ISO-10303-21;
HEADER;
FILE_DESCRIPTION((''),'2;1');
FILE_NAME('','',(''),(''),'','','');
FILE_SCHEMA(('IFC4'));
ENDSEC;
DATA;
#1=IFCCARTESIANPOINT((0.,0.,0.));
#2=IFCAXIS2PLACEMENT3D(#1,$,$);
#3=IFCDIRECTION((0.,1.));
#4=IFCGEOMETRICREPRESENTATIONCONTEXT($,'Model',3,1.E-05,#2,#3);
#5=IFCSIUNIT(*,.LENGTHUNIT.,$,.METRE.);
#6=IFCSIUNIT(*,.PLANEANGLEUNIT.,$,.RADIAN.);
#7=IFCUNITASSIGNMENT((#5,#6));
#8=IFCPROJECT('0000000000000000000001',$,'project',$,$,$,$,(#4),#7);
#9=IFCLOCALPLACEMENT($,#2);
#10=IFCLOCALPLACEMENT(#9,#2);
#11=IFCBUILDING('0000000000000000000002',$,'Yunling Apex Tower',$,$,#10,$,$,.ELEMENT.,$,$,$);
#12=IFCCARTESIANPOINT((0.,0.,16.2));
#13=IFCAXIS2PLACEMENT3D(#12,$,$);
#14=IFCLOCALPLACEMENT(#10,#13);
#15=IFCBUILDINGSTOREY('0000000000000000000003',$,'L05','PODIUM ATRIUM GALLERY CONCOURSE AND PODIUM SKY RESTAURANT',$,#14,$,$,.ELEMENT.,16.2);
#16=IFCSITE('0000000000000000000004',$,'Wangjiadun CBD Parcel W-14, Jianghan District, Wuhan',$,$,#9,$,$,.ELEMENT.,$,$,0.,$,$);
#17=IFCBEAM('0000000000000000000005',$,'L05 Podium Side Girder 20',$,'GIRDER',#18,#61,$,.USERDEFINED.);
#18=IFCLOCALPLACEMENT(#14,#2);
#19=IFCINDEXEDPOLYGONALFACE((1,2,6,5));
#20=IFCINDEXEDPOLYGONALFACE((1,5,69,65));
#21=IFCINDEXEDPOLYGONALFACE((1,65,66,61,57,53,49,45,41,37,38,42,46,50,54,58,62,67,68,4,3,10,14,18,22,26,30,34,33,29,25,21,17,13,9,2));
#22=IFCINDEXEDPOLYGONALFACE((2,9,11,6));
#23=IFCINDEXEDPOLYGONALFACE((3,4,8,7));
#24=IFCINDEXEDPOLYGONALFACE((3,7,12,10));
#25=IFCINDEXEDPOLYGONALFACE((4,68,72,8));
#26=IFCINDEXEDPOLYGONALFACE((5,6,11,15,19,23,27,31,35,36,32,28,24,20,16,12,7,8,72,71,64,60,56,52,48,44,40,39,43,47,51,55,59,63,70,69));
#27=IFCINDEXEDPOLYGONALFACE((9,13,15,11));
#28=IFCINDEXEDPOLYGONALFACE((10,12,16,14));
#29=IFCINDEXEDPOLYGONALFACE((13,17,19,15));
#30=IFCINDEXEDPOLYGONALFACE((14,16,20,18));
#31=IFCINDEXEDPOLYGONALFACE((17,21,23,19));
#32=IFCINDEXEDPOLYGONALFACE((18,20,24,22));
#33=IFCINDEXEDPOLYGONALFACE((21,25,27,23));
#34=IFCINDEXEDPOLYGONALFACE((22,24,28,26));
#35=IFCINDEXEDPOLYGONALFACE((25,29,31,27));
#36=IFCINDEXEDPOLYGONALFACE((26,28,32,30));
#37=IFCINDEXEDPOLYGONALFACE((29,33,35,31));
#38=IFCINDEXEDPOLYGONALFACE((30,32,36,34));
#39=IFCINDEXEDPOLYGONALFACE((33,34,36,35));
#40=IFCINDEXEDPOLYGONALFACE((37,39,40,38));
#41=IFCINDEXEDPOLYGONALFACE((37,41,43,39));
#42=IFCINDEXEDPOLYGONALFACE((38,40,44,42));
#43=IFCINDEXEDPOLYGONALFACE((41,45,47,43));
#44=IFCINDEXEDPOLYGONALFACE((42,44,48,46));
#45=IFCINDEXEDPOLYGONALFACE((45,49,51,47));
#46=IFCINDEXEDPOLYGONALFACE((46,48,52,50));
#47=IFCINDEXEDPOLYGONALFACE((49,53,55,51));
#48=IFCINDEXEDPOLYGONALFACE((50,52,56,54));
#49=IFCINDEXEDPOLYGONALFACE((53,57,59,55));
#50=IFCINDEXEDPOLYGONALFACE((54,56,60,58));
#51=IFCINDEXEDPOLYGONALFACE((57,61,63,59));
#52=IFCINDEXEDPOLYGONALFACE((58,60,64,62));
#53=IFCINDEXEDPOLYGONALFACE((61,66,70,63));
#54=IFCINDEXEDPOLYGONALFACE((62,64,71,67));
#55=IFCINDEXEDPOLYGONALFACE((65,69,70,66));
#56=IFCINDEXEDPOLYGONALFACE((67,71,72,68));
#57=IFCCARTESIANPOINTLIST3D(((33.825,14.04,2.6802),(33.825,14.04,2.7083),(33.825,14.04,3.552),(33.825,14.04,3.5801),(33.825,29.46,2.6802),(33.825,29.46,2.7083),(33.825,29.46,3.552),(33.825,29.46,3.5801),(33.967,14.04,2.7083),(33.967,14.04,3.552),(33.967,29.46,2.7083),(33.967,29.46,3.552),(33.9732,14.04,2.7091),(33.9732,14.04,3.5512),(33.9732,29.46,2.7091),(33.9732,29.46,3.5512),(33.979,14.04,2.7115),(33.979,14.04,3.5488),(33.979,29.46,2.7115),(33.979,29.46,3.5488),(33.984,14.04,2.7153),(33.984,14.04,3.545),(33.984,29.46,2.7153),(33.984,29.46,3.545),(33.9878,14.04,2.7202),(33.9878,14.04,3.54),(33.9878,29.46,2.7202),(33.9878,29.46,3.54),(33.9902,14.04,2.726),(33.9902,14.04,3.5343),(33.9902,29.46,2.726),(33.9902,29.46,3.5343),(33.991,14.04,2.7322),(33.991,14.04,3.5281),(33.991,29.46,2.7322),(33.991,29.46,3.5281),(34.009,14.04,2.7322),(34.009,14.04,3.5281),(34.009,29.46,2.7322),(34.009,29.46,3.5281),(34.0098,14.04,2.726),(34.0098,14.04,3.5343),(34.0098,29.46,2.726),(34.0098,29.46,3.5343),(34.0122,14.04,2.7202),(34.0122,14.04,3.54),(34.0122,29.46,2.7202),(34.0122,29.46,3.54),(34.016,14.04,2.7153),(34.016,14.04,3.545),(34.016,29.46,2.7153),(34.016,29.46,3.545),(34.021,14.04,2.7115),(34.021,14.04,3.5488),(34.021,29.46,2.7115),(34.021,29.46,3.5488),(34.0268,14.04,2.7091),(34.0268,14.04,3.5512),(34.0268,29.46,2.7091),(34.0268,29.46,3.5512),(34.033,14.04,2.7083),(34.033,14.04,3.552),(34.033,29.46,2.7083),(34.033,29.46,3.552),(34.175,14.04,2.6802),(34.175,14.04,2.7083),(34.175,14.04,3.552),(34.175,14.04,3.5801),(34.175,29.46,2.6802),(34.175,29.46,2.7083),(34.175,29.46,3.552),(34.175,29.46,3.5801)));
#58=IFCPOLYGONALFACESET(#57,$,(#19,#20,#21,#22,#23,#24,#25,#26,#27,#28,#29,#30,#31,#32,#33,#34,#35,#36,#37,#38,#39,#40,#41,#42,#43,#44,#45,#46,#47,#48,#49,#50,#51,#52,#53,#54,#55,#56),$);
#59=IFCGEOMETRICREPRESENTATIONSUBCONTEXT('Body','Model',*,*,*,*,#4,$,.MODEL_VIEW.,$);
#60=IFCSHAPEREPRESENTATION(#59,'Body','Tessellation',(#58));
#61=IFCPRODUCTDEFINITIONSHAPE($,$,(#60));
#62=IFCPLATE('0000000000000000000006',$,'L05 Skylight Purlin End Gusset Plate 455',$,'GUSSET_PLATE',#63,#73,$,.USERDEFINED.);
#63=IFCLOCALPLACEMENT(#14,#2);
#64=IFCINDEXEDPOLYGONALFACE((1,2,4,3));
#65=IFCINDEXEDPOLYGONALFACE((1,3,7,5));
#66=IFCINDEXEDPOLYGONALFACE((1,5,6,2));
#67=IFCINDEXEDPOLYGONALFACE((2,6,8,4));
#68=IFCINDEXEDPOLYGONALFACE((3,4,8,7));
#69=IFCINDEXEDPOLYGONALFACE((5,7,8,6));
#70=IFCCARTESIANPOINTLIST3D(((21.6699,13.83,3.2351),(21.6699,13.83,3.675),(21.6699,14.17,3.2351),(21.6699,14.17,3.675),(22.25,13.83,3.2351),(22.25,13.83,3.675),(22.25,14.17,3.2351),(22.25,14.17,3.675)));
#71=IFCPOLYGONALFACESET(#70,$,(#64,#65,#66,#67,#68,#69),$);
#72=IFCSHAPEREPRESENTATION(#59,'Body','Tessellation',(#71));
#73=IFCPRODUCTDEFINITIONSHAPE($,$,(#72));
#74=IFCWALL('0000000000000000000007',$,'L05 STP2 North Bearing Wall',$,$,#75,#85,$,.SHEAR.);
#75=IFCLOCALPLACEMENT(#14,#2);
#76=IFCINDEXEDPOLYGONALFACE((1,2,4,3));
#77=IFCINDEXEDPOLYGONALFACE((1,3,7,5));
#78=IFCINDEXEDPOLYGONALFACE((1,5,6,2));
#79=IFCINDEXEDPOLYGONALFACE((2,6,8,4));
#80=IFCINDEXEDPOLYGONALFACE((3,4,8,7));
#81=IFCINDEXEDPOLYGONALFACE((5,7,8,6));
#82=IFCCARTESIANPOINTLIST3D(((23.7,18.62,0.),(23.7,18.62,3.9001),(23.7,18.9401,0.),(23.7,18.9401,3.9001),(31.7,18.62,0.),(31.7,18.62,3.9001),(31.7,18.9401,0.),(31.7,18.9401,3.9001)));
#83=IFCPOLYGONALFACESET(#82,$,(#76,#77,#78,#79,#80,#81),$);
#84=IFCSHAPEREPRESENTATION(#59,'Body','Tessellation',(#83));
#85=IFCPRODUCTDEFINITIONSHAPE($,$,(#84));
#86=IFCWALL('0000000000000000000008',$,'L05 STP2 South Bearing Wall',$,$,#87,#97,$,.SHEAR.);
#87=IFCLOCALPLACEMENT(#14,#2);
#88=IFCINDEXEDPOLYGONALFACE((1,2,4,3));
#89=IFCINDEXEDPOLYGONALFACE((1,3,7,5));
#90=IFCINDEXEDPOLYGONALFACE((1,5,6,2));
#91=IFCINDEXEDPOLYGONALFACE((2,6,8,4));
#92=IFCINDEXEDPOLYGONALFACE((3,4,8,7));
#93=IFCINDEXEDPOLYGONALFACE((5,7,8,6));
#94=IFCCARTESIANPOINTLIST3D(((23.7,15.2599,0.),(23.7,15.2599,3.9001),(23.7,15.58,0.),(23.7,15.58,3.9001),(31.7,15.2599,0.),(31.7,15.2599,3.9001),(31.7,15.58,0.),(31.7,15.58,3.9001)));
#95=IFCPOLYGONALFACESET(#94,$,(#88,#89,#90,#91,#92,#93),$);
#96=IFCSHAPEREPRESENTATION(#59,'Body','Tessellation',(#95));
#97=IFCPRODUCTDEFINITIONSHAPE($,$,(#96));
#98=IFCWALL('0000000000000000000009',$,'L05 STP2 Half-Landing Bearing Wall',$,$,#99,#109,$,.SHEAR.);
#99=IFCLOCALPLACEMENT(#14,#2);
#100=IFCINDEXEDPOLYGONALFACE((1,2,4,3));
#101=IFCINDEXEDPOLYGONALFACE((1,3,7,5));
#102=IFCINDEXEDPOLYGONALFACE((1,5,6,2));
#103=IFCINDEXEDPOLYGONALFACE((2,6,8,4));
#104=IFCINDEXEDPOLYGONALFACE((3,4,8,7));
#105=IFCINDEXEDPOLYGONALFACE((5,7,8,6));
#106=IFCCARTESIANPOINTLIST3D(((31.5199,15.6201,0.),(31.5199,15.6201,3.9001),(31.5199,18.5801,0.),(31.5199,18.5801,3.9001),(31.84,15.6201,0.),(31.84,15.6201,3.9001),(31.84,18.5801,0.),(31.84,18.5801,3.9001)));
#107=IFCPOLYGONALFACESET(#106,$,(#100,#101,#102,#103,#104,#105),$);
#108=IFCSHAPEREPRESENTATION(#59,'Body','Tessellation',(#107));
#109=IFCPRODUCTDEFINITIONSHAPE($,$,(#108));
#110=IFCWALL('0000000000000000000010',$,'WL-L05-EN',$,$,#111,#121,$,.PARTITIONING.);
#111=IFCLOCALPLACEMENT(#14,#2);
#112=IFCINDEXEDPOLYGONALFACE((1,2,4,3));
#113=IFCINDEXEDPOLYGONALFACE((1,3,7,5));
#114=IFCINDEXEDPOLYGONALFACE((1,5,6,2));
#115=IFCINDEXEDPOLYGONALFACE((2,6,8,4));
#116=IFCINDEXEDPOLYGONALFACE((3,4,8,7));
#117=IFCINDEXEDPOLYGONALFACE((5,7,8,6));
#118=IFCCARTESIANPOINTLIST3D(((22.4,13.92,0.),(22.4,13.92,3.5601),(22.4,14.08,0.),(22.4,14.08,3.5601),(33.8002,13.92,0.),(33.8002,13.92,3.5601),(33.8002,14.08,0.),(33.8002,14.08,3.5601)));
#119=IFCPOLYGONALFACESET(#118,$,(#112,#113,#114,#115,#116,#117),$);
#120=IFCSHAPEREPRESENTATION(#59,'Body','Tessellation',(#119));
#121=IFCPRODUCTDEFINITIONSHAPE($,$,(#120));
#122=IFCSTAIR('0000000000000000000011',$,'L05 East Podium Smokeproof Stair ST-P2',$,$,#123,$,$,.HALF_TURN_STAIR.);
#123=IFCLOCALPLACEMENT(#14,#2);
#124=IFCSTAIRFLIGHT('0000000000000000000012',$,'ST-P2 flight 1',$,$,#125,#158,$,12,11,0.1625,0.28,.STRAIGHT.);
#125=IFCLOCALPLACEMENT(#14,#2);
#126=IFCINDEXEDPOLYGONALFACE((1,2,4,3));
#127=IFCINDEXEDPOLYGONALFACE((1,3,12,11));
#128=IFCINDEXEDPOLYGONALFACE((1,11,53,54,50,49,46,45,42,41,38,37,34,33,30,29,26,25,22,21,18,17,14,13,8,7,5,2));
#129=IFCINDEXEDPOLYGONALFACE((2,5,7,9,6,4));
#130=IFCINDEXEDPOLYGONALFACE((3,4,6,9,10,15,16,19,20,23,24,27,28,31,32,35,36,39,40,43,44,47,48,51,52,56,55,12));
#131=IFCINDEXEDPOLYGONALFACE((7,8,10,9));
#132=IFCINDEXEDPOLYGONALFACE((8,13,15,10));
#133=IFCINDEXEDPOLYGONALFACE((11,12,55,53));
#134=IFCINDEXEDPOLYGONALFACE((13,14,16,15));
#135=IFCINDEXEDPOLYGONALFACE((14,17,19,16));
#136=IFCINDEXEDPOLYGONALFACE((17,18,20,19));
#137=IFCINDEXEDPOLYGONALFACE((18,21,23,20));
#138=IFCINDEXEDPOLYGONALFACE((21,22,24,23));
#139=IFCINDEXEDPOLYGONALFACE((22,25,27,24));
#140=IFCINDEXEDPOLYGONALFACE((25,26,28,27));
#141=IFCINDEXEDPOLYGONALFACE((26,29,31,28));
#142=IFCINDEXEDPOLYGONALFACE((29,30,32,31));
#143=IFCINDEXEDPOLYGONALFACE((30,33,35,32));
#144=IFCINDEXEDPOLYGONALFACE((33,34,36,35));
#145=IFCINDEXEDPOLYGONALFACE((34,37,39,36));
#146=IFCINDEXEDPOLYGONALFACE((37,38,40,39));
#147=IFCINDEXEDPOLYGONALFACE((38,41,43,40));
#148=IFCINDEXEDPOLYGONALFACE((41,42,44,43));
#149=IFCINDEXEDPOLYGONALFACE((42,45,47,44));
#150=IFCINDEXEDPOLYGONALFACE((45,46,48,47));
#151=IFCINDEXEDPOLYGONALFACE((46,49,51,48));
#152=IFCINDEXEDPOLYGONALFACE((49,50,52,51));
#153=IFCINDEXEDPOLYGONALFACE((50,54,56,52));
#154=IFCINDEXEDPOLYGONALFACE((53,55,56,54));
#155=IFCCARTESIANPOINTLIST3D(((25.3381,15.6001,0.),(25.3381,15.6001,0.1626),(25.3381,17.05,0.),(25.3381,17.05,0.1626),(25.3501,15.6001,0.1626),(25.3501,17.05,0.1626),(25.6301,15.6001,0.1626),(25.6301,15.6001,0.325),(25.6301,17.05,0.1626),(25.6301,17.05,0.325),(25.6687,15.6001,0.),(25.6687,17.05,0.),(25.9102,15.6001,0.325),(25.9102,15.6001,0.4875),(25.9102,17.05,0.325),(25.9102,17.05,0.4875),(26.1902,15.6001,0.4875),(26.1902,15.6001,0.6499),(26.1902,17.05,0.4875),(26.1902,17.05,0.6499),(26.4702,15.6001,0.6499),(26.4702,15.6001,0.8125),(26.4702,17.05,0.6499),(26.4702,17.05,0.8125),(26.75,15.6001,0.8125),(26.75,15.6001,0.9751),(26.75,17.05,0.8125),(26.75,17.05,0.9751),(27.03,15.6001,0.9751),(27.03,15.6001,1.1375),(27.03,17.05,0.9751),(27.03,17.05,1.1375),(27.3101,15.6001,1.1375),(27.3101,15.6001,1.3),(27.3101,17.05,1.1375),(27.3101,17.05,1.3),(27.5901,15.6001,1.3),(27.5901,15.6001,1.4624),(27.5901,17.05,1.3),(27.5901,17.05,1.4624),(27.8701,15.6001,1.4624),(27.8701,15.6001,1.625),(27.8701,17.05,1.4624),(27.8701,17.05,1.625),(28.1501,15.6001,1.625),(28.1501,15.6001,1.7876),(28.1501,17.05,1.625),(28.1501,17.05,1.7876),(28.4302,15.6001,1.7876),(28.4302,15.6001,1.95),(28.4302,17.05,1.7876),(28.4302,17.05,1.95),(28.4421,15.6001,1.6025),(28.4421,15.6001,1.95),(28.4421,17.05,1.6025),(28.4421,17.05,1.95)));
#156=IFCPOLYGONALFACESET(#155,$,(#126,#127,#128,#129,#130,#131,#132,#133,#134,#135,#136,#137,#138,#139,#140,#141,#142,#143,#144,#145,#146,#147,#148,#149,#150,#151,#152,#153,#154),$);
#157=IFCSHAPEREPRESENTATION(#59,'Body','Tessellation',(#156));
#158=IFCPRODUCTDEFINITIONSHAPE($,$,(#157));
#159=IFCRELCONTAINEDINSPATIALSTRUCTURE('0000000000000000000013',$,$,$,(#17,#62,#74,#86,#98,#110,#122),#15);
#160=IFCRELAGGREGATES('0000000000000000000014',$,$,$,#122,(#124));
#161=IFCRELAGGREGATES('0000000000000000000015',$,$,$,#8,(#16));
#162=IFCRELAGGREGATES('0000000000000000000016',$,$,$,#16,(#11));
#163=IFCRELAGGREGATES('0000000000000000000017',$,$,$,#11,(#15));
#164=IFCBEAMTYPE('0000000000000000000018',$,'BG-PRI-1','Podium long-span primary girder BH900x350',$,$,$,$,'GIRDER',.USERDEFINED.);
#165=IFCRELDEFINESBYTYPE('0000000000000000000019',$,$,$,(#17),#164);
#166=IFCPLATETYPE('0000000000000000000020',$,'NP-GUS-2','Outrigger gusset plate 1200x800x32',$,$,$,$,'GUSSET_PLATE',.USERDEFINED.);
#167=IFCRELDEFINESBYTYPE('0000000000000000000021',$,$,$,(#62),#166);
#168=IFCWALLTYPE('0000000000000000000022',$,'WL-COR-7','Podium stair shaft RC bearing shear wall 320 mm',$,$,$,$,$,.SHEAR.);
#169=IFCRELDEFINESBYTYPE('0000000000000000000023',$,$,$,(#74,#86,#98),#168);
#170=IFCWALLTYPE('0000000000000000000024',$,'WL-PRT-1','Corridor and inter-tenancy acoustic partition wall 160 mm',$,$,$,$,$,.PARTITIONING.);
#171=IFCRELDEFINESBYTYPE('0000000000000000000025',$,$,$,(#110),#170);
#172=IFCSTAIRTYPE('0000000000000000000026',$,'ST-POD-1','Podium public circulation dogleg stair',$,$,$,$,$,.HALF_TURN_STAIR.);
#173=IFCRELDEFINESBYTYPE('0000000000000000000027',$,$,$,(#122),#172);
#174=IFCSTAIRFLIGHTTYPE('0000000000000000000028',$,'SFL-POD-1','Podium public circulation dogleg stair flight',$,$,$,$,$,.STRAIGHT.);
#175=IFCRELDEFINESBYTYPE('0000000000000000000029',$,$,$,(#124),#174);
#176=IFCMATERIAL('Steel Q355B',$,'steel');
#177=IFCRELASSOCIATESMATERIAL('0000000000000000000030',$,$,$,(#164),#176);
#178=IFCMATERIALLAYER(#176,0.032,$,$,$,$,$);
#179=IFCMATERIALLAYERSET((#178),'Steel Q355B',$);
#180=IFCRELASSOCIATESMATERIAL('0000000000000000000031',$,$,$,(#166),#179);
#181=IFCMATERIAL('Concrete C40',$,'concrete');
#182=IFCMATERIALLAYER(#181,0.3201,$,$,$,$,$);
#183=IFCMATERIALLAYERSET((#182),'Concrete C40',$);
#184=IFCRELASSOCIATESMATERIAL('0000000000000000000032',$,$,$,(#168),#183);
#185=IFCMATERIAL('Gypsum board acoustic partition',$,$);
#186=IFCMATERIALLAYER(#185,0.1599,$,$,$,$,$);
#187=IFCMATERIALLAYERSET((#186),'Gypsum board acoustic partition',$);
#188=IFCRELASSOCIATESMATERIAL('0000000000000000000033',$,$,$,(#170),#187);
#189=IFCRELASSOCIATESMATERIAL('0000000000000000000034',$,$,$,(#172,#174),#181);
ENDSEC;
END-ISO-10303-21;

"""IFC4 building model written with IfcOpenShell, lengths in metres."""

from ifc_helpers import new_model, si_unit, direction, frame, frame_2d, origin, origin_2d, place, context, subcontext, project, spatial, polyline, rectangle, i_section, outline, extrude, source, transform, mapped, material, layer, layer_set, material_profile, profile_set, type_object, element, aggregate, save


model = new_model("IFC4")

# Units and contexts
model_context = context("Model", 3, precision=1e-05, world=origin(), true_north=direction((0.0, 1.0)))
body_context = subcontext(model_context, "Body", "Model", "MODEL_VIEW")
ifc_project = project(units=[si_unit("LENGTHUNIT", "METRE"), si_unit("PLANEANGLEUNIT", "RADIAN")], contexts=[model_context])

# Site, building, storey
site_placement = place(None, origin())
site = spatial("IfcSite", under=ifc_project, at=site_placement, Name="Wangjiadun CBD Parcel W-14, Jianghan District, Wuhan", CompositionType="ELEMENT", RefElevation=0.0)
building_placement = place(site_placement, origin())
building = spatial("IfcBuilding", under=site, at=building_placement, Name="Yunling Apex Tower", CompositionType="ELEMENT")
storey_placement = place(building_placement, frame((0.0, 0.0, 16.2)))
storey = spatial("IfcBuildingStorey", under=building, at=storey_placement, Name="L05", Description="PODIUM ATRIUM GALLERY CONCOURSE AND PODIUM SKY RESTAURANT", CompositionType="ELEMENT", Elevation=16.2)

# Beam
ifc_material_1 = material(Name="Steel Q355B", Category="steel")
ifc_material_profile_1 = material_profile(ifc_material_1, i_section(OverallWidth=0.3501, OverallDepth=0.8999, WebThickness=0.0181, FlangeThickness=0.0281, FilletRadius=0.0239, at=origin_2d()))
ifc_profile_set_1 = profile_set([ifc_material_profile_1], Name="Steel Q355B")
beam_type_1 = type_object("IfcBeamType", Name="BG-PRI-1", Description="Podium long-span primary girder BH900x350", ElementType="GIRDER", PredefinedType="USERDEFINED", material=ifc_profile_set_1)
shared_shape_1 = source(origin(), body_context, "Body", "SweptSolid", [
    extrude(i_section(OverallWidth=0.3501, OverallDepth=0.8999, WebThickness=0.0181, FlangeThickness=0.0281, FilletRadius=0.0239, at=origin_2d()), origin(), (0.0, 0.0, 1.0), 15.4199),
])
beam_1_placement = place(storey_placement, frame((34.0, 14.04, 3.1301), z_axis=(0.0, 1.0, 0.0), x_axis=(-1.0, 0.0, 0.0)))
element("IfcBeam", 1, at=beam_1_placement, inside=storey, type_object=beam_type_1, Name="L05 Podium Side Girder 20", ObjectType="GIRDER", PredefinedType="USERDEFINED", context=body_context, shape_type="MappedRepresentation", body=[
    mapped(shared_shape_1, transform((0.0, 0.0, 0.0), scale=1.0)),
])

# Plate
ifc_layer_1 = layer(ifc_material_1, 0.032)
ifc_layer_set_1 = layer_set([ifc_layer_1], Name="Steel Q355B")
plate_type = type_object("IfcPlateType", Name="NP-GUS-2", Description="Outrigger gusset plate 1200x800x32", ElementType="GUSSET_PLATE", PredefinedType="USERDEFINED", material=ifc_layer_set_1)
shared_shape_2 = source(origin(), body_context, "Body", "SweptSolid", [
    extrude(rectangle(XDim=0.5801, YDim=0.3401, at=origin_2d()), origin(), (0.0, 0.0, 1.0), 0.4399),
])
plate_placement = place(storey_placement, frame((21.96, 14.0, 3.2351), z_axis=(0.0, 0.0, 1.0), x_axis=(1.0, 0.0, 0.0)))
element("IfcPlate", 2, at=plate_placement, inside=storey, type_object=plate_type, Name="L05 Skylight Purlin End Gusset Plate 455", ObjectType="GUSSET_PLATE", PredefinedType="USERDEFINED", context=body_context, shape_type="MappedRepresentation", body=[
    mapped(shared_shape_2, transform((0.0, 0.0, 0.0), scale=1.0)),
])

# Walls
ifc_material_2 = material(Name="Concrete C40", Category="concrete")
ifc_layer_2 = layer(ifc_material_2, 0.3201)
ifc_layer_set_2 = layer_set([ifc_layer_2], Name="Concrete C40")
wall_type_1 = type_object("IfcWallType", Name="WL-COR-7", Description="Podium stair shaft RC bearing shear wall 320 mm", PredefinedType="SHEAR", material=ifc_layer_set_2)
for number, where, z_axis, x_axis, name in (
    (3, (23.7, 18.78, 0.0), (0.0, 0.0, 1.0), (1.0, 0.0, 0.0), "L05 STP2 North Bearing Wall"),
    (4, (23.7, 15.4199, 0.0), (0.0, 0.0, 1.0), (1.0, 0.0, 0.0), "L05 STP2 South Bearing Wall"),
):
    element("IfcWall", number, at=place(storey_placement, frame(where, z_axis=z_axis, x_axis=x_axis)), inside=storey, type_object=wall_type_1, Name=name, PredefinedType="SHEAR", context=body_context, shape_type="SweptSolid", body=[
        extrude(rectangle(XDim=8.0, YDim=0.3201, at=frame_2d((4.0, 0.0))), origin(), (0.0, 0.0, 1.0), 3.9001),
    ])
wall_1_placement = place(storey_placement, frame((31.6799, 15.6201, 0.0), z_axis=(0.0, 0.0, 1.0), x_axis=(0.0, 1.0, 0.0)))
element("IfcWall", 5, at=wall_1_placement, inside=storey, type_object=wall_type_1, Name="L05 STP2 Half-Landing Bearing Wall", PredefinedType="SHEAR", context=body_context, shape_type="SweptSolid", body=[
    extrude(rectangle(XDim=2.96, YDim=0.3201, at=frame_2d((1.48, 0.0))), origin(), (0.0, 0.0, 1.0), 3.9001),
])
ifc_material_3 = material(Name="Gypsum board acoustic partition")
ifc_layer_3 = layer(ifc_material_3, 0.1599)
ifc_layer_set_3 = layer_set([ifc_layer_3], Name="Gypsum board acoustic partition")
wall_type_2 = type_object("IfcWallType", Name="WL-PRT-1", Description="Corridor and inter-tenancy acoustic partition wall 160 mm", PredefinedType="PARTITIONING", material=ifc_layer_set_3)
wall_2_placement = place(storey_placement, frame((22.3999, 14.0, 0.0), z_axis=(0.0, 0.0, 1.0), x_axis=(1.0, 0.0, 0.0)))
element("IfcWall", 6, at=wall_2_placement, inside=storey, type_object=wall_type_2, Name="WL-L05-EN", PredefinedType="PARTITIONING", context=body_context, shape_type="SweptSolid", body=[
    extrude(rectangle(XDim=11.4001, YDim=0.1599, at=frame_2d((5.7002, 0.0))), origin(), (0.0, 0.0, 1.0), 3.5601),
])

# Stair, stair flight
stair_type = type_object("IfcStairType", Name="ST-POD-1", Description="Podium public circulation dogleg stair", PredefinedType="HALF_TURN_STAIR", material=ifc_material_2)
stair_placement = place(storey_placement, origin())
stair = element("IfcStair", 7, at=stair_placement, inside=storey, type_object=stair_type, Name="L05 East Podium Smokeproof Stair ST-P2", PredefinedType="HALF_TURN_STAIR")
stair_flight_type = type_object("IfcStairFlightType", Name="SFL-POD-1", Description="Podium public circulation dogleg stair flight", PredefinedType="STRAIGHT", material=ifc_material_2)
stair_flight_1_placement = place(storey_placement, frame((25.3501, 16.325, 0.0), z_axis=(0.0, 0.0, 1.0), x_axis=(1.0, 0.0, 0.0)))
stair_flight_1 = element("IfcStairFlight", 8, at=stair_flight_1_placement, type_object=stair_flight_type, Name="ST-P2 flight 1", NumberOfRisers=12, NumberOfTreads=11, PredefinedType="STRAIGHT", RiserHeight=0.1625, TreadLength=0.28, context=body_context, shape_type="SweptSolid", body=[
    extrude(outline(polyline([(-0.012, 0.0), (-0.012, 0.1626), (0.0, 0.1626), (0.28, 0.1626), (0.28, 0.325), (0.5601, 0.325), (0.5601, 0.4875), (0.8401, 0.4875), (0.8401, 0.6499), (1.1201, 0.6499), (1.1201, 0.8125), (1.3999, 0.8125), (1.3999, 0.9751), (1.6799, 0.9751), (1.6799, 1.1375), (1.96, 1.1375), (1.96, 1.3), (2.24, 1.3), (2.24, 1.4624), (2.52, 1.4624), (2.52, 1.625), (2.8, 1.625), (2.8, 1.7876), (3.0801, 1.7876), (3.0801, 1.95), (3.092, 1.95), (3.092, 1.6025), (0.3186, 0.0), (-0.012, 0.0)])), frame((0.0, 0.7251, 0.0), z_axis=(0.0, -1.0, 0.0), x_axis=(1.0, 0.0, 0.0)), (0.0, 0.0, 1.0), 1.45),
])
aggregate(stair, [stair_flight_1])

save(model, "model.ifc")
